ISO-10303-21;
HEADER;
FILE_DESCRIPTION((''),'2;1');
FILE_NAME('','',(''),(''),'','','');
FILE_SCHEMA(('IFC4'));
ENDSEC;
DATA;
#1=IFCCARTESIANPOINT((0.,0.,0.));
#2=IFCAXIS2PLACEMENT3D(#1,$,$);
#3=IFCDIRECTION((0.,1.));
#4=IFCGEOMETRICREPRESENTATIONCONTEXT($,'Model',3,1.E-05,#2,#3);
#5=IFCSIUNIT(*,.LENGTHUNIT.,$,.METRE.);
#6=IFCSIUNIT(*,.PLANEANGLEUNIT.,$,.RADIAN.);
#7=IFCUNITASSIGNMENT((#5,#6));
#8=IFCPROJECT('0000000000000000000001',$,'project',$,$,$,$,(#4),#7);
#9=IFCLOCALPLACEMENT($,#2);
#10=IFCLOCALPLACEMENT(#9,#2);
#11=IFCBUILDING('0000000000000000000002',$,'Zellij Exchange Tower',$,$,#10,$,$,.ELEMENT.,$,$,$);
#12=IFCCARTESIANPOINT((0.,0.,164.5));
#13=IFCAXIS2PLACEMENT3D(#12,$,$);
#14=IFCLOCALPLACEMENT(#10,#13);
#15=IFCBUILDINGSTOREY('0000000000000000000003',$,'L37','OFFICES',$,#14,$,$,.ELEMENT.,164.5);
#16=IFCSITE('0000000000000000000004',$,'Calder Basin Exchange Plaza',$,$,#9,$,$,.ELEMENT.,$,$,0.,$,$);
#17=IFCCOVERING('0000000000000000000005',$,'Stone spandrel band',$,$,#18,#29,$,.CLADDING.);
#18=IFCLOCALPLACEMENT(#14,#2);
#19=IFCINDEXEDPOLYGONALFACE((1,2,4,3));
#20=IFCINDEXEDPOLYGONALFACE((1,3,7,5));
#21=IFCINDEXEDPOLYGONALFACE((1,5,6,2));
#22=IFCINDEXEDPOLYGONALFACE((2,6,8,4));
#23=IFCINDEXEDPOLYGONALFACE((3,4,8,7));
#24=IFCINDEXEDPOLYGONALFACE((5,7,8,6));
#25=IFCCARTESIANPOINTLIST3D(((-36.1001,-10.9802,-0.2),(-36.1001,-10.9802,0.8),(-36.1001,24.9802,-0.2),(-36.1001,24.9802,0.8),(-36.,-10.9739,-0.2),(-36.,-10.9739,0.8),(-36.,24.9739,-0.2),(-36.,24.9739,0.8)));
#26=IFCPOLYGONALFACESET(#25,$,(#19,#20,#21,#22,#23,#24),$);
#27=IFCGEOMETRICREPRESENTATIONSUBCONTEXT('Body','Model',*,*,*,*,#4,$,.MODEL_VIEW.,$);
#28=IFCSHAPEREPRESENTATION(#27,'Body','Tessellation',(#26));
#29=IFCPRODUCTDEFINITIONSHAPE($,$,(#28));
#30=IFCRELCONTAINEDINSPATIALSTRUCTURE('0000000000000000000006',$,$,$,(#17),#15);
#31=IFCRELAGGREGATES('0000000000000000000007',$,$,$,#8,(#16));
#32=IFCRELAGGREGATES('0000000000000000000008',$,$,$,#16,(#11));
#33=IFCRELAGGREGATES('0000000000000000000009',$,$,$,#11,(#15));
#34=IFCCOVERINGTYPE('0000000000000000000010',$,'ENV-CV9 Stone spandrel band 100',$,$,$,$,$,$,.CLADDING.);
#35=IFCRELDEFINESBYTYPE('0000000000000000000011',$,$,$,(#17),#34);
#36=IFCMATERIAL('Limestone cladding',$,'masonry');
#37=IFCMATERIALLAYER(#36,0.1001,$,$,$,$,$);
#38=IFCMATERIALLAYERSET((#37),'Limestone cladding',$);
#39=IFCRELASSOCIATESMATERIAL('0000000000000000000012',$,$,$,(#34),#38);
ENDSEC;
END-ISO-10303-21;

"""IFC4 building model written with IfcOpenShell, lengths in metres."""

from ifc_helpers import new_model, si_unit, direction, frame, origin, place, context, subcontext, project, spatial, polyline, outline, extrude, material, layer, layer_set, type_object, element, save


model = new_model("IFC4")

# Units and contexts
model_context = context("Model", 3, precision=1e-05, world=origin(), true_north=direction((0.0, 1.0)))
body_context = subcontext(model_context, "Body", "Model", "MODEL_VIEW")
ifc_project = project(units=[si_unit("LENGTHUNIT", "METRE"), si_unit("PLANEANGLEUNIT", "RADIAN")], contexts=[model_context])

# Site, building, storey
site_placement = place(None, origin())
site = spatial("IfcSite", under=ifc_project, at=site_placement, Name="Calder Basin Exchange Plaza", CompositionType="ELEMENT", RefElevation=0.0)
building_placement = place(site_placement, origin())
building = spatial("IfcBuilding", under=site, at=building_placement, Name="Zellij Exchange Tower", CompositionType="ELEMENT")
storey_placement = place(building_placement, frame((0.0, 0.0, 164.5)))
storey = spatial("IfcBuildingStorey", under=building, at=storey_placement, Name="L37", Description="OFFICES", CompositionType="ELEMENT", Elevation=164.5)

# Covering
ifc_material_1 = material(Name="Limestone cladding", Category="masonry")
ifc_layer_1 = layer(ifc_material_1, 0.1001)
ifc_layer_set_1 = layer_set([ifc_layer_1], Name="Limestone cladding")
covering_type_1 = type_object("IfcCoveringType", Name="ENV-CV9 Stone spandrel band 100", PredefinedType="CLADDING", material=ifc_layer_set_1)
covering_1_placement = place(storey_placement, frame((0.0, 0.0, -0.2)))
element("IfcCovering", 1, at=covering_1_placement, inside=storey, type_object=covering_type_1, Name="Stone spandrel band", PredefinedType="CLADDING", context=body_context, shape_type="SweptSolid", body=[
    extrude(outline(polyline([(-36.0, 24.9739), (-36.0, -10.9739), (-36.1001, -10.9802), (-36.1001, 24.9802), (-36.0, 24.9739)])), origin(), (0.0, 0.0, 1.0), 1.0),
])

save(model, "model.ifc")
